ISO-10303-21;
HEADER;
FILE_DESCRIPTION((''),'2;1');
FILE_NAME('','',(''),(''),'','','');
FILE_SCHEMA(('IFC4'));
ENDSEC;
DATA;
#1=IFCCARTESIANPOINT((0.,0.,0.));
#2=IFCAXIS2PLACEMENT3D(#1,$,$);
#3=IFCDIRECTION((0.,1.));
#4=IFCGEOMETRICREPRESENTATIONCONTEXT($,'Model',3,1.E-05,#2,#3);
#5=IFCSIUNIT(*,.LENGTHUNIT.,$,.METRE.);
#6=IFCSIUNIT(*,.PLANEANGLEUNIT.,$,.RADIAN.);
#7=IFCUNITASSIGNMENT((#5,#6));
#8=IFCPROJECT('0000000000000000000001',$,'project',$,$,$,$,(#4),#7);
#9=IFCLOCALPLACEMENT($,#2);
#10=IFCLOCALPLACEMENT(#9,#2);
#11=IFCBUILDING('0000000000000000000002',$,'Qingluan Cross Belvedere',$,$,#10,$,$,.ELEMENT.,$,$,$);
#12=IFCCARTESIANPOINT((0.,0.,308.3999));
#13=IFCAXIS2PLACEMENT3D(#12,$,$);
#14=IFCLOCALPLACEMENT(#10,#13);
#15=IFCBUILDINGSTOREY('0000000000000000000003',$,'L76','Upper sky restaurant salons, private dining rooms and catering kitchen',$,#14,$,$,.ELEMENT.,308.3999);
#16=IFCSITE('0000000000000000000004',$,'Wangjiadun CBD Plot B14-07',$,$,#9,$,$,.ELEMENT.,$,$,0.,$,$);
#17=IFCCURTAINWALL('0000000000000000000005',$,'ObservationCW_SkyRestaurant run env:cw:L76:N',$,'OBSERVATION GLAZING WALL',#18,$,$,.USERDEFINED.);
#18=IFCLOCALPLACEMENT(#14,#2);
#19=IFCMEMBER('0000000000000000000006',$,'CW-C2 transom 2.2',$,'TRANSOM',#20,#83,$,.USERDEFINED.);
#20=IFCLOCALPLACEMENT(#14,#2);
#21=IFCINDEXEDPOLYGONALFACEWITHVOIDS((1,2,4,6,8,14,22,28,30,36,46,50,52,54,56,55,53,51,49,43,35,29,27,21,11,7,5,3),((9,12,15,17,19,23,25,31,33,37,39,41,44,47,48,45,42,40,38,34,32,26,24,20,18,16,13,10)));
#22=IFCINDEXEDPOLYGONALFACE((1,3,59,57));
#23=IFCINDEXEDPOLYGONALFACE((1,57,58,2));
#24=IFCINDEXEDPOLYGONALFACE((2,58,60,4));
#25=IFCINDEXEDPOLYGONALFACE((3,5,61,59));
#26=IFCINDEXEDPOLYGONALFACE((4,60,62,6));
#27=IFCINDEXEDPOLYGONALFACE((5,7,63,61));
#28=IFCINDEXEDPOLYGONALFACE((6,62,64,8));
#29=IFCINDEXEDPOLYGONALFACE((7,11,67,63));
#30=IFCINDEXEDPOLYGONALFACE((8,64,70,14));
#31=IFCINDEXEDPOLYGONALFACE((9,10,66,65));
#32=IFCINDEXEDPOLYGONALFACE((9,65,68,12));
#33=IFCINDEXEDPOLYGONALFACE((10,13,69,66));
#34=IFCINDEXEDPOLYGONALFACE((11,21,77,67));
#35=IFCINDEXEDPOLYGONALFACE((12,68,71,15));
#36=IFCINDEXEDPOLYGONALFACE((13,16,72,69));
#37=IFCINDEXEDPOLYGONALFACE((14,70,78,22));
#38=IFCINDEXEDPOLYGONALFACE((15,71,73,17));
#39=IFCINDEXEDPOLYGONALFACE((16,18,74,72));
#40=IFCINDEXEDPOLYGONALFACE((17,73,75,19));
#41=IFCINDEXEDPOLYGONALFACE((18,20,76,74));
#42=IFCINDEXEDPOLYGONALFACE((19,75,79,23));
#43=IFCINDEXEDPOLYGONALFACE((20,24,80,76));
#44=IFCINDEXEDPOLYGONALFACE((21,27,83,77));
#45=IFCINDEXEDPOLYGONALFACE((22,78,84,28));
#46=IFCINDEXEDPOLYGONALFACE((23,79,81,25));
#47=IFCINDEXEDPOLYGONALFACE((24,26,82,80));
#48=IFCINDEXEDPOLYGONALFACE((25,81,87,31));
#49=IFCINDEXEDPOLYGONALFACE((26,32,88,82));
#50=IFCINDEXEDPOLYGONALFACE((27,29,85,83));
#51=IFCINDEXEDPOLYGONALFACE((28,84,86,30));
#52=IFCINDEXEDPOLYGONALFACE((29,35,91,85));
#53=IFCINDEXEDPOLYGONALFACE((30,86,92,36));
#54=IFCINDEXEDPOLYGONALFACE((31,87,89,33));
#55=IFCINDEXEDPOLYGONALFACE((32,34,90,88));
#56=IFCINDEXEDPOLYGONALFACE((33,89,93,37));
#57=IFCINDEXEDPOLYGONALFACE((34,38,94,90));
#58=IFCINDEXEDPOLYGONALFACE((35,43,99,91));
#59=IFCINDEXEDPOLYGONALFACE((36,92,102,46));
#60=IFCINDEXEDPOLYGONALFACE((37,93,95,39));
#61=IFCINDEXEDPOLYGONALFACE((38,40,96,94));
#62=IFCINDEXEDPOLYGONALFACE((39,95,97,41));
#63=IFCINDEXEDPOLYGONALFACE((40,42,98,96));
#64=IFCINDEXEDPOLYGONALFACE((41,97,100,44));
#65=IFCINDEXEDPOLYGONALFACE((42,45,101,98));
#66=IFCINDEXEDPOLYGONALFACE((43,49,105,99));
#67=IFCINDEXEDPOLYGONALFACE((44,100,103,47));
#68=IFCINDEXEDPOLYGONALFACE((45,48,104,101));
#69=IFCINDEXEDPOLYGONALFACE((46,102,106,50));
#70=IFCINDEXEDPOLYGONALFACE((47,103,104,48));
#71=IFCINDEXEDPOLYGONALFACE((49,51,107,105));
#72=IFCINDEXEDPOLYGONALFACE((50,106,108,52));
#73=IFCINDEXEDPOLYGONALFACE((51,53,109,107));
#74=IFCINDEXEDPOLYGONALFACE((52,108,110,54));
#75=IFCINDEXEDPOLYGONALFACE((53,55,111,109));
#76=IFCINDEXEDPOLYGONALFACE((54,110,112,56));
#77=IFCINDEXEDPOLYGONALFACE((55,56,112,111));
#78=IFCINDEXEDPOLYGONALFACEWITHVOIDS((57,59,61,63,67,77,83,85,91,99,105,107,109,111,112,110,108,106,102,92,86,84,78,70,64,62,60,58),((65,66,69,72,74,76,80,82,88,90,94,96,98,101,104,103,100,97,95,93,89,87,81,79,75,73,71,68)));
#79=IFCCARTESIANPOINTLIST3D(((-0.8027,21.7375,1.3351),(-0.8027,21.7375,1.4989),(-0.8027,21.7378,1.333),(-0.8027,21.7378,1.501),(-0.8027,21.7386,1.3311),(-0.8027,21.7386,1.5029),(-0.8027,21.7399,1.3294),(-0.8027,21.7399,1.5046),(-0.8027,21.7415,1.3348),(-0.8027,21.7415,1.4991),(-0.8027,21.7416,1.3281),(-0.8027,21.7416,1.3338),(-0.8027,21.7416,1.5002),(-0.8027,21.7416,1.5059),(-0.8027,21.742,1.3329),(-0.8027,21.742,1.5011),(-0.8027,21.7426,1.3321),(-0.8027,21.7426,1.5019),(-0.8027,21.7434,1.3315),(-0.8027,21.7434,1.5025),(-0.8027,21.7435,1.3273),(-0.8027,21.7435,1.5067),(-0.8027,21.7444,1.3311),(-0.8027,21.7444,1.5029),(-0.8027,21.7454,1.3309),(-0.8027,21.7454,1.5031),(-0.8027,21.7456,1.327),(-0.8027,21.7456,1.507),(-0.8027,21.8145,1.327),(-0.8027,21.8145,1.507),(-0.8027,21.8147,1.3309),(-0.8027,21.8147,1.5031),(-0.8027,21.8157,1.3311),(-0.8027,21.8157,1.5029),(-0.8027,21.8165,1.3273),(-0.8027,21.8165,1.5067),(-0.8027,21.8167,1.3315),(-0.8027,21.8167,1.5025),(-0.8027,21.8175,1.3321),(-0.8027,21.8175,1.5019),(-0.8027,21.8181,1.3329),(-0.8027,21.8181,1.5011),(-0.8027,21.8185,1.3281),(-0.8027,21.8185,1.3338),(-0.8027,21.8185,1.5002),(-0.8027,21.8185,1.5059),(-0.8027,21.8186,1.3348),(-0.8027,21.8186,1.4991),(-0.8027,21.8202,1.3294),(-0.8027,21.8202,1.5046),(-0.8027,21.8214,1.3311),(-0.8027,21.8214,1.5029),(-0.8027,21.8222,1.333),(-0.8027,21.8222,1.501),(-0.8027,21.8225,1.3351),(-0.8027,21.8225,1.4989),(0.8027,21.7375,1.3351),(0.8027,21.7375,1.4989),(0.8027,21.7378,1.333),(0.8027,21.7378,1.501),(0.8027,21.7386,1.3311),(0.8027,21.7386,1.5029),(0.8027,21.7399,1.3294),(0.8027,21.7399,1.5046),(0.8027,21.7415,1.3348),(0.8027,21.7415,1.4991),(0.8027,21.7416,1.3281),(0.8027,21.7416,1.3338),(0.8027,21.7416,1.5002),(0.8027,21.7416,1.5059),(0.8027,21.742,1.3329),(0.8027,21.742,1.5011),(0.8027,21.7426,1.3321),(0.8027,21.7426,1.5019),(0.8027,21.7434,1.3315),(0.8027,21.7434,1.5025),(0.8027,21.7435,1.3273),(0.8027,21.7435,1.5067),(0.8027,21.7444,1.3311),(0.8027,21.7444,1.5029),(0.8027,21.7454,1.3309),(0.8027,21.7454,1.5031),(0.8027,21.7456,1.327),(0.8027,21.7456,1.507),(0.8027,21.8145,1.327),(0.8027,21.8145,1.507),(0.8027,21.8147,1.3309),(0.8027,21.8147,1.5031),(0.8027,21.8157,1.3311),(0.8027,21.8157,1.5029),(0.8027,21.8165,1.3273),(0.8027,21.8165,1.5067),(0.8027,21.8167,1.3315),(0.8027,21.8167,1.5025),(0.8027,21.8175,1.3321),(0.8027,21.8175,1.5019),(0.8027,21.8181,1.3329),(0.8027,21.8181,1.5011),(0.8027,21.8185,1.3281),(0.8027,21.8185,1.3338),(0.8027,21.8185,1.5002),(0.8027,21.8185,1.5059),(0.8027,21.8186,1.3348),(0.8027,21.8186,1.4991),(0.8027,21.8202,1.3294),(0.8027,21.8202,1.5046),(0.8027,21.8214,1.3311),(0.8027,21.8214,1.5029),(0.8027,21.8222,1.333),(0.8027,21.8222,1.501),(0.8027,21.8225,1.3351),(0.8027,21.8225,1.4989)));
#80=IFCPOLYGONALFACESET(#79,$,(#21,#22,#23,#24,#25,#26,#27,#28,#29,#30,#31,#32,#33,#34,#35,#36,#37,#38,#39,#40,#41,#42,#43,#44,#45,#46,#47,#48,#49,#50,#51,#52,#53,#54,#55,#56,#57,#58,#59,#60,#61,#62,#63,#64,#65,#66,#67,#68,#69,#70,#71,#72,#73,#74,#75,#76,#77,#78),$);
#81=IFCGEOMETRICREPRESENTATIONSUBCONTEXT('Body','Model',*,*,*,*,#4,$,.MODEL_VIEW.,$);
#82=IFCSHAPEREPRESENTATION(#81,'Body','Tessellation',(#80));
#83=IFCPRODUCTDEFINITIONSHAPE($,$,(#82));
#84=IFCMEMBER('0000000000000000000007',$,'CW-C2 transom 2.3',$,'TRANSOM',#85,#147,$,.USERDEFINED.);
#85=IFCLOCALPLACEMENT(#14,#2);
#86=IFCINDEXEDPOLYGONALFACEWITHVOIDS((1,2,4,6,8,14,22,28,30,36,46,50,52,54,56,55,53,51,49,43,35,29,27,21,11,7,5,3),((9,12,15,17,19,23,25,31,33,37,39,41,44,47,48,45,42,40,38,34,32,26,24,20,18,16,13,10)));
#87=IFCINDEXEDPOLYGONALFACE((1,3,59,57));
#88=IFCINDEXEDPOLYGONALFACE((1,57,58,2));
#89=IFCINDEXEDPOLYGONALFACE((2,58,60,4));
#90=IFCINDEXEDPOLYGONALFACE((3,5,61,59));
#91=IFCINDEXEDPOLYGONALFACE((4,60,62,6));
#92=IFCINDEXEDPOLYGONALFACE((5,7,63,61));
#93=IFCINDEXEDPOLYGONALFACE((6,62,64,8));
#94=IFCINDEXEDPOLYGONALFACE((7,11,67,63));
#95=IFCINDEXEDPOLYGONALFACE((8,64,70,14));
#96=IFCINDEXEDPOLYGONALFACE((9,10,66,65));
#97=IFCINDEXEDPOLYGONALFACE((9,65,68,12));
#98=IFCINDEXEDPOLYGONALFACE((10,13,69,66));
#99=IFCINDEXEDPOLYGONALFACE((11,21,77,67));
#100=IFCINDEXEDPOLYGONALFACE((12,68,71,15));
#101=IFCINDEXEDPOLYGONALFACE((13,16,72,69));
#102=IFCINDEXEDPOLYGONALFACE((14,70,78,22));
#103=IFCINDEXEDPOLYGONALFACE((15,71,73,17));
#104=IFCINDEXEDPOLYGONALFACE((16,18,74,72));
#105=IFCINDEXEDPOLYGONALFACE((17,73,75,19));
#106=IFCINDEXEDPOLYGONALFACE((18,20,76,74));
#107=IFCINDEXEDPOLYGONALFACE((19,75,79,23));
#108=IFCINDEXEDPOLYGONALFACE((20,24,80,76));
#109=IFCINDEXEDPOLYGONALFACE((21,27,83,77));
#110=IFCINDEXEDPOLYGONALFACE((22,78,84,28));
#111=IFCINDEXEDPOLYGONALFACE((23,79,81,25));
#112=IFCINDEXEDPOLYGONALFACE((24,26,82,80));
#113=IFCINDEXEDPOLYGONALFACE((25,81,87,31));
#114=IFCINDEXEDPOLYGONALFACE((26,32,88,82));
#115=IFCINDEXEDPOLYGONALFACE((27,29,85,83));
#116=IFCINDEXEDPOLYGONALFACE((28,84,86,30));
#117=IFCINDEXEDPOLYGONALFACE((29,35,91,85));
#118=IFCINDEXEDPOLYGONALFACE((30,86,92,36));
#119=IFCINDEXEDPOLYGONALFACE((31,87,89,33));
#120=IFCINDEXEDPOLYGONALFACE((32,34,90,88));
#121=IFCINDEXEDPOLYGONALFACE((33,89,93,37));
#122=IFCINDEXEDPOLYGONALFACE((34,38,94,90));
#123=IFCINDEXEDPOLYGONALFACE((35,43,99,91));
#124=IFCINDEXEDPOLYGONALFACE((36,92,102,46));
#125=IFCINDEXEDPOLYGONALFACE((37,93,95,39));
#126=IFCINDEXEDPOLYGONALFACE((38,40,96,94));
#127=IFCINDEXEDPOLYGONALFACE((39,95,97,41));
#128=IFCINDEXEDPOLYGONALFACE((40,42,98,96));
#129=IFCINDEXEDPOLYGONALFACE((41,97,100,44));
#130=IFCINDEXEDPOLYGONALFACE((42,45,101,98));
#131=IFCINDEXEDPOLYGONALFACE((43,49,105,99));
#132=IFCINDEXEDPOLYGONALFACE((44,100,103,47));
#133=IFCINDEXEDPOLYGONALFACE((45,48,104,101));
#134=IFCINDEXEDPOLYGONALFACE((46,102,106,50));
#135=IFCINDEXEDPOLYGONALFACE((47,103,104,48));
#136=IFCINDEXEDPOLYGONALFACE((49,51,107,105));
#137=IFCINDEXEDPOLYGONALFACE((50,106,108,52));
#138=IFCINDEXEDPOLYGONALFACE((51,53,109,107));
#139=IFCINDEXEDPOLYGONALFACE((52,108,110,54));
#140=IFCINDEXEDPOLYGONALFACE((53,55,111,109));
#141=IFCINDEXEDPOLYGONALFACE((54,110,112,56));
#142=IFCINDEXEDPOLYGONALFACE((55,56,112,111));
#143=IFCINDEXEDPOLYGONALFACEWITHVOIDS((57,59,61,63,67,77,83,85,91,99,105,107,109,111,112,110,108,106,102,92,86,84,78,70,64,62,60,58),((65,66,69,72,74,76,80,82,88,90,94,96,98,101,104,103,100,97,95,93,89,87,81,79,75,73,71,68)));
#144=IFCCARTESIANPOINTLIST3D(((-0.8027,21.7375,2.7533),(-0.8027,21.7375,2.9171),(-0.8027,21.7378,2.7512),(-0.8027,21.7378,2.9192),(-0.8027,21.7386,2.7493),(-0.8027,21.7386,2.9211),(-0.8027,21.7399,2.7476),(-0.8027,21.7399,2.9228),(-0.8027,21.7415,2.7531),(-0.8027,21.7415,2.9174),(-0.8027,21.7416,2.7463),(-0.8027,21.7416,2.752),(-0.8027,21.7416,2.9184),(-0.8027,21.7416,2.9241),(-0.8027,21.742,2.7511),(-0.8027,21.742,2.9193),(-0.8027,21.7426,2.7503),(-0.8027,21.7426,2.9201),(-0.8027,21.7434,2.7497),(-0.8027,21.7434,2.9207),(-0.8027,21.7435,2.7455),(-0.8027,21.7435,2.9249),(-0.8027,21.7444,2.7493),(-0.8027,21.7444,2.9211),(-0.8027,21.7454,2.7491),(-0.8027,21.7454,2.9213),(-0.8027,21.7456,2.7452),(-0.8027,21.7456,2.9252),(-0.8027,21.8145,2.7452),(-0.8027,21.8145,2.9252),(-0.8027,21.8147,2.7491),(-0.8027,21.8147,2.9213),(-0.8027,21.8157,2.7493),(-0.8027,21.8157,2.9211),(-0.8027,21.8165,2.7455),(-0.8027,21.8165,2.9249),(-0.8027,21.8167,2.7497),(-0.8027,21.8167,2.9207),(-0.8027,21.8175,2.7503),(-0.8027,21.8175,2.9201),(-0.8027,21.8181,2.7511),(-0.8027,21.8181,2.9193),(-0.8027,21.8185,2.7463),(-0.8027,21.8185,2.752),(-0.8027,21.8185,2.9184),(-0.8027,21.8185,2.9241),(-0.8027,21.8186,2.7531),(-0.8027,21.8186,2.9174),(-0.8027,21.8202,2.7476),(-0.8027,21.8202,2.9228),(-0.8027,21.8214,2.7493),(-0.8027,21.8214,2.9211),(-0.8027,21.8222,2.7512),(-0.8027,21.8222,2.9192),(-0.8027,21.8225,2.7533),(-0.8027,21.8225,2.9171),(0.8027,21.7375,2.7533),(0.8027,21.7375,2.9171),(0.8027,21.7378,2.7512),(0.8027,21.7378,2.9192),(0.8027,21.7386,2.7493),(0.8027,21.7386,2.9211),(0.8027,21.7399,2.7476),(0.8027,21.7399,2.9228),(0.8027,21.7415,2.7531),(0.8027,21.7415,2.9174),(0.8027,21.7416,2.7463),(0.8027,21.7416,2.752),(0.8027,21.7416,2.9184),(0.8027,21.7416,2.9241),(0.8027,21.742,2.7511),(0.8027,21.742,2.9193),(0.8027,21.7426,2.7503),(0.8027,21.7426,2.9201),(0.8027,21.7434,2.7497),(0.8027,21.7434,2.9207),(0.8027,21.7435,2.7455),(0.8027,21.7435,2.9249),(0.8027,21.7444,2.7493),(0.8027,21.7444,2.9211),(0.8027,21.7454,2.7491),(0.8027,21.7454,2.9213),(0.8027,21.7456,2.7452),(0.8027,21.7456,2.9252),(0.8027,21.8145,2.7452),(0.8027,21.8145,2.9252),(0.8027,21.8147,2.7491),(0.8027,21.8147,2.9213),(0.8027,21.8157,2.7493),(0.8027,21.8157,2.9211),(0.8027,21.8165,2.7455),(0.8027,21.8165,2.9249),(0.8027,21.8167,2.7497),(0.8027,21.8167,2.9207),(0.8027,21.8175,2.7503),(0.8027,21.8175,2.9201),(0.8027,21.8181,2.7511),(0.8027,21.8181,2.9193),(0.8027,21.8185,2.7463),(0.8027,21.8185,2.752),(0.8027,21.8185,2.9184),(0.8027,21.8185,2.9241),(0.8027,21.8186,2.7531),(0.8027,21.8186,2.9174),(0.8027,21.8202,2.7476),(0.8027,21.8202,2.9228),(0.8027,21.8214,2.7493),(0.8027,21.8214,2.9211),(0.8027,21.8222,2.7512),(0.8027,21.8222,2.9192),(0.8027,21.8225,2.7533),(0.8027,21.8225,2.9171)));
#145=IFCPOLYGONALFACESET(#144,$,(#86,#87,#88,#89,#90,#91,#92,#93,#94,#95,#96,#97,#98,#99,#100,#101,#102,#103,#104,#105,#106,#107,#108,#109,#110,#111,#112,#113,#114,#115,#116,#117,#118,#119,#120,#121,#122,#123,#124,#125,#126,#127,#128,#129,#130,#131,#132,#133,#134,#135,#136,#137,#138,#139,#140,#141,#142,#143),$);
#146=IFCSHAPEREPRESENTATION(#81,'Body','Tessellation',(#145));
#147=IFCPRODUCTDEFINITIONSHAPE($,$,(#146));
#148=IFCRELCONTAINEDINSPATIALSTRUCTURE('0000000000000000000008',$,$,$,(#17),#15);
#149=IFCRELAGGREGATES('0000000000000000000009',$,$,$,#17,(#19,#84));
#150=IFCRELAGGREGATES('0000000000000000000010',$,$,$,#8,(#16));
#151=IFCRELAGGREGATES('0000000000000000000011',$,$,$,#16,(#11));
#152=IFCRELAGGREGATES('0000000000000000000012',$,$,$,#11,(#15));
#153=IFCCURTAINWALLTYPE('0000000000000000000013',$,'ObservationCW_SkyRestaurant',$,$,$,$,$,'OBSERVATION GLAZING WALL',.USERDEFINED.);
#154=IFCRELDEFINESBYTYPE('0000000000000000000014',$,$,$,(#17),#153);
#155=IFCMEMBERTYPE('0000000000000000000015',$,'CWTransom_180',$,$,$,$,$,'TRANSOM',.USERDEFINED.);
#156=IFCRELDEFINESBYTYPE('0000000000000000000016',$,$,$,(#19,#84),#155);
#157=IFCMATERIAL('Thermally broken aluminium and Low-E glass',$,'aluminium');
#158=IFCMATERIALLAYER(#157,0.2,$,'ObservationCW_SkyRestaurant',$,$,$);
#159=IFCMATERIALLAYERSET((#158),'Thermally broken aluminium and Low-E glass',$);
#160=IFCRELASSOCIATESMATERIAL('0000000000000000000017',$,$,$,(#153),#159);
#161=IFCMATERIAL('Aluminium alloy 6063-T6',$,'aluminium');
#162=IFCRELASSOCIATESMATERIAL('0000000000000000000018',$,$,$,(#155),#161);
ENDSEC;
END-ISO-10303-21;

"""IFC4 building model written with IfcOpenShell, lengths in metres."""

from ifc_helpers import new_model, si_unit, direction, frame, origin, origin_2d, place, context, subcontext, project, spatial, hollow_rectangle, extrude, material, layer, layer_set, material_profile, profile_set, type_object, element, aggregate, save


model = new_model("IFC4")

# Units and contexts
model_context = context("Model", 3, precision=1e-05, world=origin(), true_north=direction((0.0, 1.0)))
body_context = subcontext(model_context, "Body", "Model", "MODEL_VIEW")
ifc_project = project(units=[si_unit("LENGTHUNIT", "METRE"), si_unit("PLANEANGLEUNIT", "RADIAN")], contexts=[model_context])

# Site, building, storey
site_placement = place(None, origin())
site = spatial("IfcSite", under=ifc_project, at=site_placement, Name="Wangjiadun CBD Plot B14-07", CompositionType="ELEMENT", RefElevation=0.0)
building_placement = place(site_placement, origin())
building = spatial("IfcBuilding", under=site, at=building_placement, Name="Qingluan Cross Belvedere", CompositionType="ELEMENT")
storey_placement = place(building_placement, frame((0.0, 0.0, 308.3999)))
storey = spatial("IfcBuildingStorey", under=building, at=storey_placement, Name="L76", Description="Upper sky restaurant salons, private dining rooms and catering kitchen", CompositionType="ELEMENT", Elevation=308.3999)

# Curtain wall, members
ifc_material_1 = material(Name="Thermally broken aluminium and Low-E glass", Category="aluminium")
ifc_layer_1 = layer(ifc_material_1, 0.2, Name="ObservationCW_SkyRestaurant")
ifc_layer_set_1 = layer_set([ifc_layer_1], Name="Thermally broken aluminium and Low-E glass")
curtain_wall_type = type_object("IfcCurtainWallType", Name="ObservationCW_SkyRestaurant", ElementType="OBSERVATION GLAZING WALL", PredefinedType="USERDEFINED", material=ifc_layer_set_1)
curtain_wall_placement = place(storey_placement, origin())
curtain_wall = element("IfcCurtainWall", 1, at=curtain_wall_placement, inside=storey, type_object=curtain_wall_type, Name="ObservationCW_SkyRestaurant run env:cw:L76:N", ObjectType="OBSERVATION GLAZING WALL", PredefinedType="USERDEFINED")
ifc_material_2 = material(Name="Aluminium alloy 6063-T6", Category="aluminium")
ifc_material_profile_1 = material_profile(ifc_material_2, hollow_rectangle(XDim=0.085, YDim=0.1799, WallThickness=0.0039, InnerFilletRadius=0.0039, OuterFilletRadius=0.0081, at=origin_2d()), Name="CWT180x85x4")
ifc_profile_set_1 = profile_set([ifc_material_profile_1], Name="Aluminium alloy 6063-T6")
member_type_1 = type_object("IfcMemberType", Name="CWTransom_180", ElementType="TRANSOM", PredefinedType="USERDEFINED", material=ifc_profile_set_1)
member_1_placement = place(storey_placement, frame((0.8027, 21.78, 1.417), z_axis=(-1.0, 0.0, 0.0), x_axis=(0.0, -1.0, 0.0)))
member_1 = element("IfcMember", 2, at=member_1_placement, type_object=member_type_1, Name="CW-C2 transom 2.2", ObjectType="TRANSOM", PredefinedType="USERDEFINED", context=body_context, shape_type="SweptSolid", body=[
    extrude(hollow_rectangle(XDim=0.085, YDim=0.1799, WallThickness=0.0039, InnerFilletRadius=0.0039, OuterFilletRadius=0.0081, at=origin_2d()), origin(), (0.0, 0.0, 1.0), 1.6055),
])
member_2_placement = place(storey_placement, frame((0.8027, 21.78, 2.8352), z_axis=(-1.0, 0.0, 0.0), x_axis=(0.0, -1.0, 0.0)))
member_2 = element("IfcMember", 3, at=member_2_placement, type_object=member_type_1, Name="CW-C2 transom 2.3", ObjectType="TRANSOM", PredefinedType="USERDEFINED", context=body_context, shape_type="SweptSolid", body=[
    extrude(hollow_rectangle(XDim=0.085, YDim=0.1799, WallThickness=0.0039, InnerFilletRadius=0.0039, OuterFilletRadius=0.0081, at=origin_2d()), origin(), (0.0, 0.0, 1.0), 1.6055),
])

aggregate(curtain_wall, [member_1, member_2])

save(model, "model.ifc")
